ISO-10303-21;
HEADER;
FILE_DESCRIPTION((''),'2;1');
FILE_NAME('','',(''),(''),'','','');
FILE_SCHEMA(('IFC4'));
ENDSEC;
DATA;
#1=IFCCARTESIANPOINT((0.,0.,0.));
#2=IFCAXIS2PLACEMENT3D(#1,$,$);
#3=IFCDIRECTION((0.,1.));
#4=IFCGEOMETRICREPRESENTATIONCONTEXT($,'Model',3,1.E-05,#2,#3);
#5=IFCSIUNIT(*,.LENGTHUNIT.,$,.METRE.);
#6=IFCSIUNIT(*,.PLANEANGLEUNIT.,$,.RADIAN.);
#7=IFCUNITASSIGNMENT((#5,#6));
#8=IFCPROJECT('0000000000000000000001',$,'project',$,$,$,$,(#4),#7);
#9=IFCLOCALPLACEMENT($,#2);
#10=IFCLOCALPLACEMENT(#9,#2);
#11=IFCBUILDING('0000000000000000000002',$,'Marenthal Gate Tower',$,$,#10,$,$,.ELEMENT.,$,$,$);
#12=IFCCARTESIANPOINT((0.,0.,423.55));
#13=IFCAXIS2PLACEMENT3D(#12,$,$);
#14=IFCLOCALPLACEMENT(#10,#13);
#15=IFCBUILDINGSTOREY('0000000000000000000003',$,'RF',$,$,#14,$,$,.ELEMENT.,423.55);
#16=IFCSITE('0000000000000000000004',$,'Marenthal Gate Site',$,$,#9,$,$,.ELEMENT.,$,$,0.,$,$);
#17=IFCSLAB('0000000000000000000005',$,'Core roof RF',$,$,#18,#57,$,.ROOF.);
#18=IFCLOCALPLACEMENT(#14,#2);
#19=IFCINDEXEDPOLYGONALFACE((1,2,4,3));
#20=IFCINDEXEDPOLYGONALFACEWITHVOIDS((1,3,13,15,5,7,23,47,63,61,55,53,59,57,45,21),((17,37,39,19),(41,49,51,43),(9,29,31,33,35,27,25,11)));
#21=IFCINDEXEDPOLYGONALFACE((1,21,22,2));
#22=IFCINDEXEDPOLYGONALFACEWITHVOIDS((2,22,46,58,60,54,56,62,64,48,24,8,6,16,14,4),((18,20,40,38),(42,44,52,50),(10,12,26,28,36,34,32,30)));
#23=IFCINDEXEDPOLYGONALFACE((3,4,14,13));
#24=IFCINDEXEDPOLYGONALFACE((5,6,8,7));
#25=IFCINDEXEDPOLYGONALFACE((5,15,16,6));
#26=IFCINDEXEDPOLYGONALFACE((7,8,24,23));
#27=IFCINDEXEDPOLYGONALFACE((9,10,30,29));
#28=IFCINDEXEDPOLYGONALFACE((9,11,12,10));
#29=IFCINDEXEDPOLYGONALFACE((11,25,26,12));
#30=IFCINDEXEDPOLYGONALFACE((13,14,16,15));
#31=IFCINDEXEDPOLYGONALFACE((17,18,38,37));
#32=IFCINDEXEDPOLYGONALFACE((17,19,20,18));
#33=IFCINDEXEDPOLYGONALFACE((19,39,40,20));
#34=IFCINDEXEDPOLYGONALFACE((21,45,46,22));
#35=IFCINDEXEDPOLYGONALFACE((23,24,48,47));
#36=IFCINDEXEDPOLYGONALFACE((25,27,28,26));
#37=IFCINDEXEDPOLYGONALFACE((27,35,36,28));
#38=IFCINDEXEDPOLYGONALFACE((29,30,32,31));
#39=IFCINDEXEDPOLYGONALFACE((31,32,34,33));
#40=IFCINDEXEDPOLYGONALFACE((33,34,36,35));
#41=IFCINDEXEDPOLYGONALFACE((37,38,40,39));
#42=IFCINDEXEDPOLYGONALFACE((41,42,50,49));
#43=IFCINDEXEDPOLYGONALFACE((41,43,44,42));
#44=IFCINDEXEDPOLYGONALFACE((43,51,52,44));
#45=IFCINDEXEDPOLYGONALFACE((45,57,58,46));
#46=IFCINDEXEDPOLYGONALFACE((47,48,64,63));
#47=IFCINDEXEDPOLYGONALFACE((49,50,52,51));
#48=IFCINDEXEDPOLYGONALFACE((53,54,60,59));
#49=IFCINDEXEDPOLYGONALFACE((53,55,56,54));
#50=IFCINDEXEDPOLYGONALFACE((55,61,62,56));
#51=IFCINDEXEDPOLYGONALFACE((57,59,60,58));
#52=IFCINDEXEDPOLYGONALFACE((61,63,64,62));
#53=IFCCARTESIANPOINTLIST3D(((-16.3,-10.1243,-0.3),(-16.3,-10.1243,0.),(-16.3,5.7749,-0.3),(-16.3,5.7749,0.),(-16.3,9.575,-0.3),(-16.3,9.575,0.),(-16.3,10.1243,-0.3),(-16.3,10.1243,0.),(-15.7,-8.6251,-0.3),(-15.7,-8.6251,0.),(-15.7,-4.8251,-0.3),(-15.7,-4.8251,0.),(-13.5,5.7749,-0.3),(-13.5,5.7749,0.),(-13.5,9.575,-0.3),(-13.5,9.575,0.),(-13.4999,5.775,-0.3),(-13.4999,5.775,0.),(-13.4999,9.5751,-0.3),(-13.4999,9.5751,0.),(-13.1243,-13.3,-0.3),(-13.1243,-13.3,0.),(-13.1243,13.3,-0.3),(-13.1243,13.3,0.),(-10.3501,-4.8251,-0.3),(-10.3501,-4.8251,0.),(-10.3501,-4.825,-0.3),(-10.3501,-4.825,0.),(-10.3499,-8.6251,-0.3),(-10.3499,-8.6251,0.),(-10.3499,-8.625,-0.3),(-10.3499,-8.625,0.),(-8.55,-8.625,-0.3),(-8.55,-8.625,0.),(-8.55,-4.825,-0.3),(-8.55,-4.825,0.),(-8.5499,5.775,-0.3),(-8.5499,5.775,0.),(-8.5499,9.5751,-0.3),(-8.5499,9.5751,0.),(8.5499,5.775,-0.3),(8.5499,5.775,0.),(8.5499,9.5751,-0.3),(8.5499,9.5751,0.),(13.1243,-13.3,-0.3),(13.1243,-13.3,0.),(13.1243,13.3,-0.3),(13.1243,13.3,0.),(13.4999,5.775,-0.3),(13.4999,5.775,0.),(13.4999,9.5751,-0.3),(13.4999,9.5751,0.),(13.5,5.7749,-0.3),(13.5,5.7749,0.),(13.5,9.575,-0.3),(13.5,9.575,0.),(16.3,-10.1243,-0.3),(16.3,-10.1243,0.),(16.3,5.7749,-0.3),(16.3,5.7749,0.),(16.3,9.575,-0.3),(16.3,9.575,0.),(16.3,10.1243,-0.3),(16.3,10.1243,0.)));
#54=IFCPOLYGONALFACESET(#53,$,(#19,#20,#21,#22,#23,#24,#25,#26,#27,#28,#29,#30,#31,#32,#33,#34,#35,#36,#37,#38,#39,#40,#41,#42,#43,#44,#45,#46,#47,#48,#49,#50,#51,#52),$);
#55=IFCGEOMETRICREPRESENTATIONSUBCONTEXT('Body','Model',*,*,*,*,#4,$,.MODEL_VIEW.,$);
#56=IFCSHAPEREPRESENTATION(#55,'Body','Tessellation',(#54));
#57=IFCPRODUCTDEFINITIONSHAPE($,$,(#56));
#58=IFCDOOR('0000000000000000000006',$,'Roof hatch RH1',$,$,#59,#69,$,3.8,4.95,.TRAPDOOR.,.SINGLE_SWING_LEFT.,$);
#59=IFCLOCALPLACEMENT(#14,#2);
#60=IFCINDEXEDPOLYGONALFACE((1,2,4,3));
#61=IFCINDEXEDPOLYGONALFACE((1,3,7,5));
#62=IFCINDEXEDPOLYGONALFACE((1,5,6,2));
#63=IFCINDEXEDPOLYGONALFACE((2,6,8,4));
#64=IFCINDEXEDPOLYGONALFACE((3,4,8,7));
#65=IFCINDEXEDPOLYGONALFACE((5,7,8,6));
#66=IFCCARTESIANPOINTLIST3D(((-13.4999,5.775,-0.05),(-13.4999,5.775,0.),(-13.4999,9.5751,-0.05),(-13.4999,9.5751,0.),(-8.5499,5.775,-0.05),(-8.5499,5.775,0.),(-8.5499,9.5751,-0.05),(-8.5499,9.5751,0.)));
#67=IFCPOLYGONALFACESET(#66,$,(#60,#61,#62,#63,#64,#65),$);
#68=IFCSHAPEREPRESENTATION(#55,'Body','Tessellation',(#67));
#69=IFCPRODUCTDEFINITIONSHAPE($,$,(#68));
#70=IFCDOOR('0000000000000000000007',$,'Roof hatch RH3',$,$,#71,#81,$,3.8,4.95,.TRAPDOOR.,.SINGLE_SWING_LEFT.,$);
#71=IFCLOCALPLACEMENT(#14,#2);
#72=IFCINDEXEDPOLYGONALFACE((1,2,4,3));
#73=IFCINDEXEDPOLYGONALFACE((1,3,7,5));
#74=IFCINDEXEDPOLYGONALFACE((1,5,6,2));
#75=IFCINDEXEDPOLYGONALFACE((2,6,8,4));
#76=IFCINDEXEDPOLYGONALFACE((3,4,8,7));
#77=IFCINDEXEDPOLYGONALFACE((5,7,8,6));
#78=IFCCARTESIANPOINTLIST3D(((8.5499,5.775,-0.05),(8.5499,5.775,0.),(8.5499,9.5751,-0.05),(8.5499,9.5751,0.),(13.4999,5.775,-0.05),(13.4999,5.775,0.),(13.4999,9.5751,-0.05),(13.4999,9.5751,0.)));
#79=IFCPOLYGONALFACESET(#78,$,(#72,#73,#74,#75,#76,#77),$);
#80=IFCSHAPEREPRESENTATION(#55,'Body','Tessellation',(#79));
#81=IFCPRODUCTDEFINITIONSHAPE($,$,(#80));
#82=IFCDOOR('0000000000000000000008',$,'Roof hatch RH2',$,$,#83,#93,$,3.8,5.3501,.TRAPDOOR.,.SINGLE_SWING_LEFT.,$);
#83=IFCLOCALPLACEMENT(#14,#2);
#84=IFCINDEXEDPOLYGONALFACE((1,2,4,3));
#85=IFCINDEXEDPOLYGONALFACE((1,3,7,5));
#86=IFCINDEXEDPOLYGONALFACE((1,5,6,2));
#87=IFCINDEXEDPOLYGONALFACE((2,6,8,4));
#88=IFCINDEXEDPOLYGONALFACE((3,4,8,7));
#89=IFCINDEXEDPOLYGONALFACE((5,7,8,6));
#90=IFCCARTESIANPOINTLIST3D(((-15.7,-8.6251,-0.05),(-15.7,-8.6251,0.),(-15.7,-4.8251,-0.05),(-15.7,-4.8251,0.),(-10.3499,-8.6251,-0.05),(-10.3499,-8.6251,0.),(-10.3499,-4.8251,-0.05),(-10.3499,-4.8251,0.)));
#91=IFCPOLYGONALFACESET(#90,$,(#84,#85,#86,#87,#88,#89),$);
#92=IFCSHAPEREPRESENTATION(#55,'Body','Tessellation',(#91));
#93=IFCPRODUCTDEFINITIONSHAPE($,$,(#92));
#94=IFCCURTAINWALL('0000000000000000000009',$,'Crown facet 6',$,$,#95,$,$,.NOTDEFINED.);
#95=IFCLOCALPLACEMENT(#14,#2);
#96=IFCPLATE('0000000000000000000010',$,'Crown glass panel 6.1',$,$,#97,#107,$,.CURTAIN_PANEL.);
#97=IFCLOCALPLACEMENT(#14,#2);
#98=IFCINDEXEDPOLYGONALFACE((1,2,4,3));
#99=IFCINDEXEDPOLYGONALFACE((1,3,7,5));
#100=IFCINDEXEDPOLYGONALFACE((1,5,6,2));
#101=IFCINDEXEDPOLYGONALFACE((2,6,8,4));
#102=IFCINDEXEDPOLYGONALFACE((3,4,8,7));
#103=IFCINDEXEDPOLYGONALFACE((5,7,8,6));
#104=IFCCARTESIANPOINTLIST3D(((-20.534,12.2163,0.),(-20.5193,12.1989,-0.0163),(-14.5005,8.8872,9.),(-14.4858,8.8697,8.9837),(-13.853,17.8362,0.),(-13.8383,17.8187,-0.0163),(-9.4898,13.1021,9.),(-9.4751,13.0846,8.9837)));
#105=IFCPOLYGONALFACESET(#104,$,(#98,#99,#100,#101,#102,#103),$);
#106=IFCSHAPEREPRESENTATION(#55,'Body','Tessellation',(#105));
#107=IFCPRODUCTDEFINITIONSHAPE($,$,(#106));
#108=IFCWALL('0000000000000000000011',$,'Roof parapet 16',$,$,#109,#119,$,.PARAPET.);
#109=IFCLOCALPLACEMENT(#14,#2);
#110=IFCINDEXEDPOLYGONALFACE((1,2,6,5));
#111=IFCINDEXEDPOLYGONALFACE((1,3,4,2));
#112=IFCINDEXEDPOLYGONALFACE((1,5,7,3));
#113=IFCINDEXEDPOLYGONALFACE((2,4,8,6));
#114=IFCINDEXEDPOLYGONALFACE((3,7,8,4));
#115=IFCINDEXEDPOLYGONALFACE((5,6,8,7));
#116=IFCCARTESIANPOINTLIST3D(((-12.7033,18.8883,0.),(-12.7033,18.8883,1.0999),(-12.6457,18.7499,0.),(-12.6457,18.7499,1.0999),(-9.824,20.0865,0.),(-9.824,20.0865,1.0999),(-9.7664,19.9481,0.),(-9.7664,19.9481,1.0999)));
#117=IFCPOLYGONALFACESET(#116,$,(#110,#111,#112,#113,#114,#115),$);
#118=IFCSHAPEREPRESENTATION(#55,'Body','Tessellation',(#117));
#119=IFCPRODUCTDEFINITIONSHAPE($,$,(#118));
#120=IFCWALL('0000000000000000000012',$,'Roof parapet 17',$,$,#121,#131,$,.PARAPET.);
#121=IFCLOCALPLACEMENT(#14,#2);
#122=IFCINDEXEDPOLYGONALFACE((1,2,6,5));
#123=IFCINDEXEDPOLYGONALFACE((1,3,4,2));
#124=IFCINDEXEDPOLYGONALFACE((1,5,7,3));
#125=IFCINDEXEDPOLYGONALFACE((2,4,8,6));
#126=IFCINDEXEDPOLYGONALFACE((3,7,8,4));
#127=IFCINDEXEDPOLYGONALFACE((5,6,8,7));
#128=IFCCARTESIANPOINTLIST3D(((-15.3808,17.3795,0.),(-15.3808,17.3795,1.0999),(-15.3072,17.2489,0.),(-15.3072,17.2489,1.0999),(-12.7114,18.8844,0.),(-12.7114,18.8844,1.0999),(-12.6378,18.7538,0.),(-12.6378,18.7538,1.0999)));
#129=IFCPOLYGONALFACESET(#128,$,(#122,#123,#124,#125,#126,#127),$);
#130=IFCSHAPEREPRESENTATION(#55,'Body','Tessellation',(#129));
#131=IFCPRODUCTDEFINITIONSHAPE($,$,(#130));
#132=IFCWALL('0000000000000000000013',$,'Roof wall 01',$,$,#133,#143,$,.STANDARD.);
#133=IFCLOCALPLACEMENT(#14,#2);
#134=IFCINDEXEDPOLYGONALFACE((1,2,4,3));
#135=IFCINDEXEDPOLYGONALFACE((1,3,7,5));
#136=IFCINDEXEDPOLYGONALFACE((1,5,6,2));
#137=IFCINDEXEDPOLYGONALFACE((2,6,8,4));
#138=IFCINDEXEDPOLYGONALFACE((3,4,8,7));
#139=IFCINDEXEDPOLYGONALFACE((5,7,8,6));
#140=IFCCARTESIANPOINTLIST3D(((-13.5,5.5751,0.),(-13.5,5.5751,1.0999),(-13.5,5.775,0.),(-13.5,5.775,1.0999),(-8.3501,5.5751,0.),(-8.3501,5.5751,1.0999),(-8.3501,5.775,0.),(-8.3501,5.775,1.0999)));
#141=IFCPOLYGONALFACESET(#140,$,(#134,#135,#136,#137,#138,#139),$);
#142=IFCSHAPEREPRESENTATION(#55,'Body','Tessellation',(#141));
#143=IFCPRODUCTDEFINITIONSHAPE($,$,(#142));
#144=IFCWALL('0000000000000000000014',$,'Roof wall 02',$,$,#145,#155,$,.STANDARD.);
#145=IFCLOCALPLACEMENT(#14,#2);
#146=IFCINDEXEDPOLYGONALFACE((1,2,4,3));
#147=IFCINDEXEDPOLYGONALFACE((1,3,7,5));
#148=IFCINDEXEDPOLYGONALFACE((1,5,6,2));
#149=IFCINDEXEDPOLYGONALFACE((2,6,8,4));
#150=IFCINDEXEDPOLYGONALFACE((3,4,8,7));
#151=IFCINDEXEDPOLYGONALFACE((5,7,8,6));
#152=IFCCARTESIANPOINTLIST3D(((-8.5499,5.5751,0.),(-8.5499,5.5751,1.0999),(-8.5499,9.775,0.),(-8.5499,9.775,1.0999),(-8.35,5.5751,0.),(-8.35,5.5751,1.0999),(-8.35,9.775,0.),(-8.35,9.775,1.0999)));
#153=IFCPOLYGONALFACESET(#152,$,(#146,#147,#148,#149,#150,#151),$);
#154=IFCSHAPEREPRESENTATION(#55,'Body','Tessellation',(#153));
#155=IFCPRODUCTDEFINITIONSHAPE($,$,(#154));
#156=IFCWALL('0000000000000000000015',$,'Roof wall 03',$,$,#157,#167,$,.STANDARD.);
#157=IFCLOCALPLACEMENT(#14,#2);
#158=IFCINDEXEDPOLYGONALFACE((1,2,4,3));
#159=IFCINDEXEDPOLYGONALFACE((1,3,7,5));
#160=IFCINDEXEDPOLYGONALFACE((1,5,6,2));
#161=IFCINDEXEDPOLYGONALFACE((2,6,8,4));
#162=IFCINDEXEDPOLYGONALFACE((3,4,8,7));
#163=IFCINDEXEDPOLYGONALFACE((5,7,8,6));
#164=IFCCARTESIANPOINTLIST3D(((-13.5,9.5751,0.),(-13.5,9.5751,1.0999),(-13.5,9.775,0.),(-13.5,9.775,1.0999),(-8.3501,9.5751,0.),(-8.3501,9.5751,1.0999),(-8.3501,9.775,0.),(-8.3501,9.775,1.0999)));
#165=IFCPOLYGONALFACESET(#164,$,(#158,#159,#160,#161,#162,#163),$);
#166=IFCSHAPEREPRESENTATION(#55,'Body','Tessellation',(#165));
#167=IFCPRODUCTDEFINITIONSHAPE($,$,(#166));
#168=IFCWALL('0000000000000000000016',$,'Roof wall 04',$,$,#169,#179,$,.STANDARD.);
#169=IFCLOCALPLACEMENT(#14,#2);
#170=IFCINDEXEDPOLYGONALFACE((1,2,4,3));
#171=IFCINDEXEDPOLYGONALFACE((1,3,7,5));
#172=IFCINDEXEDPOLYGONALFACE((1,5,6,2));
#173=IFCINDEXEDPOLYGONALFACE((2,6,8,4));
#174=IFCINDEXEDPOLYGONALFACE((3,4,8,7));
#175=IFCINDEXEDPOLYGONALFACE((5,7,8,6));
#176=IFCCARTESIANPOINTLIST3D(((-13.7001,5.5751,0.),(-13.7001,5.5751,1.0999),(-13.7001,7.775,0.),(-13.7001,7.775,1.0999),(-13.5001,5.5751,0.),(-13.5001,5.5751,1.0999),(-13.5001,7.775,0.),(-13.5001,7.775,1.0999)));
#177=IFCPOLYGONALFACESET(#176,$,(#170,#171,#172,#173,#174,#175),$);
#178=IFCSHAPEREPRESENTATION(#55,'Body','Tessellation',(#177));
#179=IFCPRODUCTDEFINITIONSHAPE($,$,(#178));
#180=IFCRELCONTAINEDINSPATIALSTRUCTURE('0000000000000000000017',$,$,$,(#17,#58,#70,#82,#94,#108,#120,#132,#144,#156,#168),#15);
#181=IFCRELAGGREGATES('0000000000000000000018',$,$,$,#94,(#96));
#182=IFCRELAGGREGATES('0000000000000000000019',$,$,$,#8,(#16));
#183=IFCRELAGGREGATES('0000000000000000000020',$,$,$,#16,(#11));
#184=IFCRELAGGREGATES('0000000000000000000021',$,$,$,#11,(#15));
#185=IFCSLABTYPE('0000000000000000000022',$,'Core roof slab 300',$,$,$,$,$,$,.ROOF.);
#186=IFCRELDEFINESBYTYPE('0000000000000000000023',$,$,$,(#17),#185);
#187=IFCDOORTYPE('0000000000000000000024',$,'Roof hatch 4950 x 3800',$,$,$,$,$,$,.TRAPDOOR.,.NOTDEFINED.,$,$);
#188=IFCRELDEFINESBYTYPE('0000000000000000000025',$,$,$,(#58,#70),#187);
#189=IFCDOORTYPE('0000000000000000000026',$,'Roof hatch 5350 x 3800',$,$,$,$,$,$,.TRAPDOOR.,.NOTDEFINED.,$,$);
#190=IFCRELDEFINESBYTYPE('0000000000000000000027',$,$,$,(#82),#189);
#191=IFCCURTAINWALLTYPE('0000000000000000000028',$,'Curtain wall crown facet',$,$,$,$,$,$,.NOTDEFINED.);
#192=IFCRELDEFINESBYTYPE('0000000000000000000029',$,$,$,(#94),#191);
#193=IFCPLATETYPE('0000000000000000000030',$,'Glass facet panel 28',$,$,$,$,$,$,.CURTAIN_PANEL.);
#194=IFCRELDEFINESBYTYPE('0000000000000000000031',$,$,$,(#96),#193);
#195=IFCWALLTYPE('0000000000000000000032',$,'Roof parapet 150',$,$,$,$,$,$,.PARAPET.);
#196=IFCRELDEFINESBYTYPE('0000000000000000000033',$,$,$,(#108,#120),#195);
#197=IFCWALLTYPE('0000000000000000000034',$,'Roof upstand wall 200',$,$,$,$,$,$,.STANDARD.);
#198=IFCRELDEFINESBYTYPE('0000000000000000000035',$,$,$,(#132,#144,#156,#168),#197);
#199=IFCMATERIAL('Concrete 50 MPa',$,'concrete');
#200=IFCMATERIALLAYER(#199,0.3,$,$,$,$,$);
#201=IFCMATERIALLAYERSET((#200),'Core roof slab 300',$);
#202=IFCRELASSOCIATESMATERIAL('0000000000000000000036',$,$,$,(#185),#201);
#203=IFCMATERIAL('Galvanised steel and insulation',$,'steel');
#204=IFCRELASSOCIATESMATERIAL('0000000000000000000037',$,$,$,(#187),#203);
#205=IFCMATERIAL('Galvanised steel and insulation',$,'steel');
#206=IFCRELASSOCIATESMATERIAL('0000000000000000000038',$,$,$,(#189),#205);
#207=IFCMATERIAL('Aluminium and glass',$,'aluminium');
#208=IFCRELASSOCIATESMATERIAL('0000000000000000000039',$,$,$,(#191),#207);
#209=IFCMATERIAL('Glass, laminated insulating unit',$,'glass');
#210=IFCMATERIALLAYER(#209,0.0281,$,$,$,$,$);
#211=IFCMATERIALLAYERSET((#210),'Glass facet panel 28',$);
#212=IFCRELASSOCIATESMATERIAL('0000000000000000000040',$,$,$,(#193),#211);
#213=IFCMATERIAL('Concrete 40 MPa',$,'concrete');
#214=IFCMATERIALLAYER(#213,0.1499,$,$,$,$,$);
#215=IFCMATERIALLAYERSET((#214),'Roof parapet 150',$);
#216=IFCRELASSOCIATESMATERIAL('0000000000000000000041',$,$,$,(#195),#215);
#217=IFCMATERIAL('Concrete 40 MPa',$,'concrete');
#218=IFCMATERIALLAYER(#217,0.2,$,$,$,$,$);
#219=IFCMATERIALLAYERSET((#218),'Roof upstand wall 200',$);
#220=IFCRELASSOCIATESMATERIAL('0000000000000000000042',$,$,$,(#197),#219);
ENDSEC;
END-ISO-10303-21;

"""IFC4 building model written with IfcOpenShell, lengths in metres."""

from ifc_helpers import new_model, si_unit, direction, frame, frame_2d, origin, origin_2d, place, context, subcontext, project, spatial, polyline, rectangle, outline, extrude, material, layer, layer_set, type_object, element, fill, aggregate, save


model = new_model("IFC4")

# Units and contexts
model_context = context("Model", 3, precision=1e-05, world=origin(), true_north=direction((0.0, 1.0)))
body_context = subcontext(model_context, "Body", "Model", "MODEL_VIEW")
ifc_project = project(units=[si_unit("LENGTHUNIT", "METRE"), si_unit("PLANEANGLEUNIT", "RADIAN")], contexts=[model_context])

# Site, building, storey
site_placement = place(None, origin())
site = spatial("IfcSite", under=ifc_project, at=site_placement, Name="Marenthal Gate Site", CompositionType="ELEMENT", RefElevation=0.0)
building_placement = place(site_placement, origin())
building = spatial("IfcBuilding", under=site, at=building_placement, Name="Marenthal Gate Tower", CompositionType="ELEMENT")
storey_placement = place(building_placement, frame((0.0, 0.0, 423.55)))
storey = spatial("IfcBuildingStorey", under=building, at=storey_placement, Name="RF", CompositionType="ELEMENT", Elevation=423.55)

# Shared definitions
ifc_material_1 = material(Name="Concrete 50 MPa", Category="concrete")
ifc_layer_1 = layer(ifc_material_1, 0.3)
ifc_layer_set_1 = layer_set([ifc_layer_1], Name="Core roof slab 300")
slab_type = type_object("IfcSlabType", Name="Core roof slab 300", PredefinedType="ROOF", material=ifc_layer_set_1)

# Slab, openings, doors
slab_1_placement = place(storey_placement, frame((0.0, 0.0, -0.3)))
slab_1 = element("IfcSlab", 1, at=slab_1_placement, inside=storey, type_object=slab_type, Name="Core roof RF", PredefinedType="ROOF", context=body_context, shape_type="SweptSolid", body=[
    extrude(outline(polyline([(16.3, -10.1243), (13.1243, -13.3), (-13.1243, -13.3), (-16.3, -10.1243), (-16.3, 5.7749), (-13.5, 5.7749), (-13.5, 9.575), (-16.3, 9.575), (-16.3, 10.1243), (-13.1243, 13.3), (13.1243, 13.3), (16.3, 10.1243), (16.3, 9.575), (13.5, 9.575), (13.5, 5.7749), (16.3, 5.7749), (16.3, -10.1243)]), holes=[polyline([(-10.3501, -8.625), (-8.55, -8.625), (-8.55, -4.825), (-10.3501, -4.825), (-10.3501, -8.625)])]), origin(), (0.0, 0.0, 1.0), 0.3),
])
opening_1_placement = place(slab_1_placement, frame((-11.0249, 7.675, 0.0)))
opening_1 = element("IfcOpeningElement", 2, at=opening_1_placement, cuts=slab_1, PredefinedType="OPENING", context=body_context, shape_type="SweptSolid", body=[
    extrude(rectangle(XDim=4.95, YDim=3.8, at=origin_2d()), origin(), (0.0, 0.0, 1.0), 0.3),
])
opening_2_placement = place(slab_1_placement, frame((-13.0249, -6.7251, 0.0)))
opening_2 = element("IfcOpeningElement", 3, at=opening_2_placement, cuts=slab_1, PredefinedType="OPENING", context=body_context, shape_type="SweptSolid", body=[
    extrude(rectangle(XDim=5.3501, YDim=3.8, at=origin_2d()), origin(), (0.0, 0.0, 1.0), 0.3),
])
opening_3_placement = place(slab_1_placement, frame((11.0249, 7.675, 0.0)))
opening_3 = element("IfcOpeningElement", 4, at=opening_3_placement, cuts=slab_1, PredefinedType="OPENING", context=body_context, shape_type="SweptSolid", body=[
    extrude(rectangle(XDim=4.95, YDim=3.8, at=origin_2d()), origin(), (0.0, 0.0, 1.0), 0.3),
])
ifc_material_2 = material(Name="Galvanised steel and insulation", Category="steel")
door_type_1 = type_object("IfcDoorType", Name="Roof hatch 4950 x 3800", OperationType="NOTDEFINED", PredefinedType="TRAPDOOR", material=ifc_material_2)
door_1_placement = place(opening_1_placement, frame((0.0, 0.0, 0.25)))
door_1 = element("IfcDoor", 5, at=door_1_placement, inside=storey, type_object=door_type_1, Name="Roof hatch RH1", OperationType="SINGLE_SWING_LEFT", OverallHeight=3.8, OverallWidth=4.95, PredefinedType="TRAPDOOR", context=body_context, shape_type="SweptSolid", body=[
    extrude(rectangle(XDim=4.95, YDim=3.8, at=origin_2d()), origin(), (0.0, 0.0, 1.0), 0.05),
])
fill(opening_1, door_1)
door_2_placement = place(opening_3_placement, frame((0.0, 0.0, 0.25)))
door_2 = element("IfcDoor", 6, at=door_2_placement, inside=storey, type_object=door_type_1, Name="Roof hatch RH3", OperationType="SINGLE_SWING_LEFT", OverallHeight=3.8, OverallWidth=4.95, PredefinedType="TRAPDOOR", context=body_context, shape_type="SweptSolid", body=[
    extrude(rectangle(XDim=4.95, YDim=3.8, at=origin_2d()), origin(), (0.0, 0.0, 1.0), 0.05),
])
fill(opening_3, door_2)
ifc_material_3 = material(Name="Galvanised steel and insulation", Category="steel")
door_type_2 = type_object("IfcDoorType", Name="Roof hatch 5350 x 3800", OperationType="NOTDEFINED", PredefinedType="TRAPDOOR", material=ifc_material_3)
door_3_placement = place(opening_2_placement, frame((0.0, 0.0, 0.25)))
door_3 = element("IfcDoor", 7, at=door_3_placement, inside=storey, type_object=door_type_2, Name="Roof hatch RH2", OperationType="SINGLE_SWING_LEFT", OverallHeight=3.8, OverallWidth=5.3501, PredefinedType="TRAPDOOR", context=body_context, shape_type="SweptSolid", body=[
    extrude(rectangle(XDim=5.3501, YDim=3.8, at=origin_2d()), origin(), (0.0, 0.0, 1.0), 0.05),
])
fill(opening_2, door_3)

# Curtain wall, plate
ifc_material_4 = material(Name="Aluminium and glass", Category="aluminium")
curtain_wall_type = type_object("IfcCurtainWallType", Name="Curtain wall crown facet", PredefinedType="NOTDEFINED", material=ifc_material_4)
curtain_wall_placement = place(storey_placement, origin())
curtain_wall = element("IfcCurtainWall", 8, at=curtain_wall_placement, inside=storey, type_object=curtain_wall_type, Name="Crown facet 6", PredefinedType="NOTDEFINED")
ifc_material_5 = material(Name="Glass, laminated insulating unit", Category="glass")
ifc_layer_2 = layer(ifc_material_5, 0.0281)
ifc_layer_set_2 = layer_set([ifc_layer_2], Name="Glass facet panel 28")
plate_type = type_object("IfcPlateType", Name="Glass facet panel 28", PredefinedType="CURTAIN_PANEL", material=ifc_layer_set_2)
plate_placement = place(storey_placement, frame((-13.853, 17.8362, 0.0), z_axis=(-0.523734, 0.622623, 0.581415), x_axis=(-0.765261, -0.64372, 0.000003)))
plate = element("IfcPlate", 9, at=plate_placement, type_object=plate_type, Name="Crown glass panel 6.1", PredefinedType="CURTAIN_PANEL", context=body_context, shape_type="SweptSolid", body=[
    extrude(outline(polyline([(0.0, 0.0), (8.7303, 0.0), (6.2561, 11.0618), (-0.2916, 11.0619), (0.0, 0.0)])), origin(), (0.0, 0.0, -1.0), 0.0281),
])
aggregate(curtain_wall, [plate])

# Walls
ifc_material_6 = material(Name="Concrete 40 MPa", Category="concrete")
ifc_layer_3 = layer(ifc_material_6, 0.1499)
ifc_layer_set_3 = layer_set([ifc_layer_3], Name="Roof parapet 150")
wall_type_1 = type_object("IfcWallType", Name="Roof parapet 150", PredefinedType="PARAPET", material=ifc_layer_set_3)
wall_1_placement = place(storey_placement, frame((-9.7952, 20.0173, 0.0), z_axis=(0.0, 0.0, 1.0), x_axis=(-0.923248, -0.384204, 0.0)))
element("IfcWall", 10, at=wall_1_placement, inside=storey, type_object=wall_type_1, Name="Roof parapet 16", PredefinedType="PARAPET", context=body_context, shape_type="SweptSolid", body=[
    extrude(rectangle(XDim=3.1187, YDim=0.1499, at=frame_2d((1.5593, 0.0))), origin(), (0.0, 0.0, 1.0), 1.0999),
])
wall_2_placement = place(storey_placement, frame((-12.6746, 18.8191, 0.0), z_axis=(0.0, 0.0, 1.0), x_axis=(-0.871111, -0.491086, 0.0)))
element("IfcWall", 11, at=wall_2_placement, inside=storey, type_object=wall_type_1, Name="Roof parapet 17", PredefinedType="PARAPET", context=body_context, shape_type="SweptSolid", body=[
    extrude(rectangle(XDim=3.0645, YDim=0.1499, at=frame_2d((1.5322, 0.0))), origin(), (0.0, 0.0, 1.0), 1.0999),
])
ifc_material_7 = material(Name="Concrete 40 MPa", Category="concrete")
ifc_layer_4 = layer(ifc_material_7, 0.2)
ifc_layer_set_4 = layer_set([ifc_layer_4], Name="Roof upstand wall 200")
wall_type_2 = type_object("IfcWallType", Name="Roof upstand wall 200", PredefinedType="STANDARD", material=ifc_layer_set_4)
wall_3_placement = place(storey_placement, frame((-13.5, 5.675, 0.0), z_axis=(0.0, 0.0, 1.0), x_axis=(1.0, 0.0, 0.0)))
element("IfcWall", 12, at=wall_3_placement, inside=storey, type_object=wall_type_2, Name="Roof wall 01", PredefinedType="STANDARD", context=body_context, shape_type="SweptSolid", body=[
    extrude(rectangle(XDim=5.1499, YDim=0.2, at=frame_2d((2.575, 0.0))), origin(), (0.0, 0.0, 1.0), 1.0999),
])
wall_4_placement = place(storey_placement, frame((-8.45, 5.575, 0.0), z_axis=(0.0, 0.0, 1.0), x_axis=(0.0, 1.0, 0.0)))
element("IfcWall", 13, at=wall_4_placement, inside=storey, type_object=wall_type_2, Name="Roof wall 02", PredefinedType="STANDARD", context=body_context, shape_type="SweptSolid", body=[
    extrude(rectangle(XDim=4.2, YDim=0.2, at=frame_2d((2.1001, 0.0))), origin(), (0.0, 0.0, 1.0), 1.0999),
])
wall_5_placement = place(storey_placement, frame((-13.5, 9.675, 0.0), z_axis=(0.0, 0.0, 1.0), x_axis=(1.0, 0.0, 0.0)))
element("IfcWall", 14, at=wall_5_placement, inside=storey, type_object=wall_type_2, Name="Roof wall 03", PredefinedType="STANDARD", context=body_context, shape_type="SweptSolid", body=[
    extrude(rectangle(XDim=5.1499, YDim=0.2, at=frame_2d((2.575, 0.0))), origin(), (0.0, 0.0, 1.0), 1.0999),
])
wall_6_placement = place(storey_placement, frame((-13.6001, 5.575, 0.0), z_axis=(0.0, 0.0, 1.0), x_axis=(0.0, 1.0, 0.0)))
element("IfcWall", 15, at=wall_6_placement, inside=storey, type_object=wall_type_2, Name="Roof wall 04", PredefinedType="STANDARD", context=body_context, shape_type="SweptSolid", body=[
    extrude(rectangle(XDim=2.2, YDim=0.2, at=frame_2d((1.1001, 0.0))), origin(), (0.0, 0.0, 1.0), 1.0999),
])

save(model, "model.ifc")
